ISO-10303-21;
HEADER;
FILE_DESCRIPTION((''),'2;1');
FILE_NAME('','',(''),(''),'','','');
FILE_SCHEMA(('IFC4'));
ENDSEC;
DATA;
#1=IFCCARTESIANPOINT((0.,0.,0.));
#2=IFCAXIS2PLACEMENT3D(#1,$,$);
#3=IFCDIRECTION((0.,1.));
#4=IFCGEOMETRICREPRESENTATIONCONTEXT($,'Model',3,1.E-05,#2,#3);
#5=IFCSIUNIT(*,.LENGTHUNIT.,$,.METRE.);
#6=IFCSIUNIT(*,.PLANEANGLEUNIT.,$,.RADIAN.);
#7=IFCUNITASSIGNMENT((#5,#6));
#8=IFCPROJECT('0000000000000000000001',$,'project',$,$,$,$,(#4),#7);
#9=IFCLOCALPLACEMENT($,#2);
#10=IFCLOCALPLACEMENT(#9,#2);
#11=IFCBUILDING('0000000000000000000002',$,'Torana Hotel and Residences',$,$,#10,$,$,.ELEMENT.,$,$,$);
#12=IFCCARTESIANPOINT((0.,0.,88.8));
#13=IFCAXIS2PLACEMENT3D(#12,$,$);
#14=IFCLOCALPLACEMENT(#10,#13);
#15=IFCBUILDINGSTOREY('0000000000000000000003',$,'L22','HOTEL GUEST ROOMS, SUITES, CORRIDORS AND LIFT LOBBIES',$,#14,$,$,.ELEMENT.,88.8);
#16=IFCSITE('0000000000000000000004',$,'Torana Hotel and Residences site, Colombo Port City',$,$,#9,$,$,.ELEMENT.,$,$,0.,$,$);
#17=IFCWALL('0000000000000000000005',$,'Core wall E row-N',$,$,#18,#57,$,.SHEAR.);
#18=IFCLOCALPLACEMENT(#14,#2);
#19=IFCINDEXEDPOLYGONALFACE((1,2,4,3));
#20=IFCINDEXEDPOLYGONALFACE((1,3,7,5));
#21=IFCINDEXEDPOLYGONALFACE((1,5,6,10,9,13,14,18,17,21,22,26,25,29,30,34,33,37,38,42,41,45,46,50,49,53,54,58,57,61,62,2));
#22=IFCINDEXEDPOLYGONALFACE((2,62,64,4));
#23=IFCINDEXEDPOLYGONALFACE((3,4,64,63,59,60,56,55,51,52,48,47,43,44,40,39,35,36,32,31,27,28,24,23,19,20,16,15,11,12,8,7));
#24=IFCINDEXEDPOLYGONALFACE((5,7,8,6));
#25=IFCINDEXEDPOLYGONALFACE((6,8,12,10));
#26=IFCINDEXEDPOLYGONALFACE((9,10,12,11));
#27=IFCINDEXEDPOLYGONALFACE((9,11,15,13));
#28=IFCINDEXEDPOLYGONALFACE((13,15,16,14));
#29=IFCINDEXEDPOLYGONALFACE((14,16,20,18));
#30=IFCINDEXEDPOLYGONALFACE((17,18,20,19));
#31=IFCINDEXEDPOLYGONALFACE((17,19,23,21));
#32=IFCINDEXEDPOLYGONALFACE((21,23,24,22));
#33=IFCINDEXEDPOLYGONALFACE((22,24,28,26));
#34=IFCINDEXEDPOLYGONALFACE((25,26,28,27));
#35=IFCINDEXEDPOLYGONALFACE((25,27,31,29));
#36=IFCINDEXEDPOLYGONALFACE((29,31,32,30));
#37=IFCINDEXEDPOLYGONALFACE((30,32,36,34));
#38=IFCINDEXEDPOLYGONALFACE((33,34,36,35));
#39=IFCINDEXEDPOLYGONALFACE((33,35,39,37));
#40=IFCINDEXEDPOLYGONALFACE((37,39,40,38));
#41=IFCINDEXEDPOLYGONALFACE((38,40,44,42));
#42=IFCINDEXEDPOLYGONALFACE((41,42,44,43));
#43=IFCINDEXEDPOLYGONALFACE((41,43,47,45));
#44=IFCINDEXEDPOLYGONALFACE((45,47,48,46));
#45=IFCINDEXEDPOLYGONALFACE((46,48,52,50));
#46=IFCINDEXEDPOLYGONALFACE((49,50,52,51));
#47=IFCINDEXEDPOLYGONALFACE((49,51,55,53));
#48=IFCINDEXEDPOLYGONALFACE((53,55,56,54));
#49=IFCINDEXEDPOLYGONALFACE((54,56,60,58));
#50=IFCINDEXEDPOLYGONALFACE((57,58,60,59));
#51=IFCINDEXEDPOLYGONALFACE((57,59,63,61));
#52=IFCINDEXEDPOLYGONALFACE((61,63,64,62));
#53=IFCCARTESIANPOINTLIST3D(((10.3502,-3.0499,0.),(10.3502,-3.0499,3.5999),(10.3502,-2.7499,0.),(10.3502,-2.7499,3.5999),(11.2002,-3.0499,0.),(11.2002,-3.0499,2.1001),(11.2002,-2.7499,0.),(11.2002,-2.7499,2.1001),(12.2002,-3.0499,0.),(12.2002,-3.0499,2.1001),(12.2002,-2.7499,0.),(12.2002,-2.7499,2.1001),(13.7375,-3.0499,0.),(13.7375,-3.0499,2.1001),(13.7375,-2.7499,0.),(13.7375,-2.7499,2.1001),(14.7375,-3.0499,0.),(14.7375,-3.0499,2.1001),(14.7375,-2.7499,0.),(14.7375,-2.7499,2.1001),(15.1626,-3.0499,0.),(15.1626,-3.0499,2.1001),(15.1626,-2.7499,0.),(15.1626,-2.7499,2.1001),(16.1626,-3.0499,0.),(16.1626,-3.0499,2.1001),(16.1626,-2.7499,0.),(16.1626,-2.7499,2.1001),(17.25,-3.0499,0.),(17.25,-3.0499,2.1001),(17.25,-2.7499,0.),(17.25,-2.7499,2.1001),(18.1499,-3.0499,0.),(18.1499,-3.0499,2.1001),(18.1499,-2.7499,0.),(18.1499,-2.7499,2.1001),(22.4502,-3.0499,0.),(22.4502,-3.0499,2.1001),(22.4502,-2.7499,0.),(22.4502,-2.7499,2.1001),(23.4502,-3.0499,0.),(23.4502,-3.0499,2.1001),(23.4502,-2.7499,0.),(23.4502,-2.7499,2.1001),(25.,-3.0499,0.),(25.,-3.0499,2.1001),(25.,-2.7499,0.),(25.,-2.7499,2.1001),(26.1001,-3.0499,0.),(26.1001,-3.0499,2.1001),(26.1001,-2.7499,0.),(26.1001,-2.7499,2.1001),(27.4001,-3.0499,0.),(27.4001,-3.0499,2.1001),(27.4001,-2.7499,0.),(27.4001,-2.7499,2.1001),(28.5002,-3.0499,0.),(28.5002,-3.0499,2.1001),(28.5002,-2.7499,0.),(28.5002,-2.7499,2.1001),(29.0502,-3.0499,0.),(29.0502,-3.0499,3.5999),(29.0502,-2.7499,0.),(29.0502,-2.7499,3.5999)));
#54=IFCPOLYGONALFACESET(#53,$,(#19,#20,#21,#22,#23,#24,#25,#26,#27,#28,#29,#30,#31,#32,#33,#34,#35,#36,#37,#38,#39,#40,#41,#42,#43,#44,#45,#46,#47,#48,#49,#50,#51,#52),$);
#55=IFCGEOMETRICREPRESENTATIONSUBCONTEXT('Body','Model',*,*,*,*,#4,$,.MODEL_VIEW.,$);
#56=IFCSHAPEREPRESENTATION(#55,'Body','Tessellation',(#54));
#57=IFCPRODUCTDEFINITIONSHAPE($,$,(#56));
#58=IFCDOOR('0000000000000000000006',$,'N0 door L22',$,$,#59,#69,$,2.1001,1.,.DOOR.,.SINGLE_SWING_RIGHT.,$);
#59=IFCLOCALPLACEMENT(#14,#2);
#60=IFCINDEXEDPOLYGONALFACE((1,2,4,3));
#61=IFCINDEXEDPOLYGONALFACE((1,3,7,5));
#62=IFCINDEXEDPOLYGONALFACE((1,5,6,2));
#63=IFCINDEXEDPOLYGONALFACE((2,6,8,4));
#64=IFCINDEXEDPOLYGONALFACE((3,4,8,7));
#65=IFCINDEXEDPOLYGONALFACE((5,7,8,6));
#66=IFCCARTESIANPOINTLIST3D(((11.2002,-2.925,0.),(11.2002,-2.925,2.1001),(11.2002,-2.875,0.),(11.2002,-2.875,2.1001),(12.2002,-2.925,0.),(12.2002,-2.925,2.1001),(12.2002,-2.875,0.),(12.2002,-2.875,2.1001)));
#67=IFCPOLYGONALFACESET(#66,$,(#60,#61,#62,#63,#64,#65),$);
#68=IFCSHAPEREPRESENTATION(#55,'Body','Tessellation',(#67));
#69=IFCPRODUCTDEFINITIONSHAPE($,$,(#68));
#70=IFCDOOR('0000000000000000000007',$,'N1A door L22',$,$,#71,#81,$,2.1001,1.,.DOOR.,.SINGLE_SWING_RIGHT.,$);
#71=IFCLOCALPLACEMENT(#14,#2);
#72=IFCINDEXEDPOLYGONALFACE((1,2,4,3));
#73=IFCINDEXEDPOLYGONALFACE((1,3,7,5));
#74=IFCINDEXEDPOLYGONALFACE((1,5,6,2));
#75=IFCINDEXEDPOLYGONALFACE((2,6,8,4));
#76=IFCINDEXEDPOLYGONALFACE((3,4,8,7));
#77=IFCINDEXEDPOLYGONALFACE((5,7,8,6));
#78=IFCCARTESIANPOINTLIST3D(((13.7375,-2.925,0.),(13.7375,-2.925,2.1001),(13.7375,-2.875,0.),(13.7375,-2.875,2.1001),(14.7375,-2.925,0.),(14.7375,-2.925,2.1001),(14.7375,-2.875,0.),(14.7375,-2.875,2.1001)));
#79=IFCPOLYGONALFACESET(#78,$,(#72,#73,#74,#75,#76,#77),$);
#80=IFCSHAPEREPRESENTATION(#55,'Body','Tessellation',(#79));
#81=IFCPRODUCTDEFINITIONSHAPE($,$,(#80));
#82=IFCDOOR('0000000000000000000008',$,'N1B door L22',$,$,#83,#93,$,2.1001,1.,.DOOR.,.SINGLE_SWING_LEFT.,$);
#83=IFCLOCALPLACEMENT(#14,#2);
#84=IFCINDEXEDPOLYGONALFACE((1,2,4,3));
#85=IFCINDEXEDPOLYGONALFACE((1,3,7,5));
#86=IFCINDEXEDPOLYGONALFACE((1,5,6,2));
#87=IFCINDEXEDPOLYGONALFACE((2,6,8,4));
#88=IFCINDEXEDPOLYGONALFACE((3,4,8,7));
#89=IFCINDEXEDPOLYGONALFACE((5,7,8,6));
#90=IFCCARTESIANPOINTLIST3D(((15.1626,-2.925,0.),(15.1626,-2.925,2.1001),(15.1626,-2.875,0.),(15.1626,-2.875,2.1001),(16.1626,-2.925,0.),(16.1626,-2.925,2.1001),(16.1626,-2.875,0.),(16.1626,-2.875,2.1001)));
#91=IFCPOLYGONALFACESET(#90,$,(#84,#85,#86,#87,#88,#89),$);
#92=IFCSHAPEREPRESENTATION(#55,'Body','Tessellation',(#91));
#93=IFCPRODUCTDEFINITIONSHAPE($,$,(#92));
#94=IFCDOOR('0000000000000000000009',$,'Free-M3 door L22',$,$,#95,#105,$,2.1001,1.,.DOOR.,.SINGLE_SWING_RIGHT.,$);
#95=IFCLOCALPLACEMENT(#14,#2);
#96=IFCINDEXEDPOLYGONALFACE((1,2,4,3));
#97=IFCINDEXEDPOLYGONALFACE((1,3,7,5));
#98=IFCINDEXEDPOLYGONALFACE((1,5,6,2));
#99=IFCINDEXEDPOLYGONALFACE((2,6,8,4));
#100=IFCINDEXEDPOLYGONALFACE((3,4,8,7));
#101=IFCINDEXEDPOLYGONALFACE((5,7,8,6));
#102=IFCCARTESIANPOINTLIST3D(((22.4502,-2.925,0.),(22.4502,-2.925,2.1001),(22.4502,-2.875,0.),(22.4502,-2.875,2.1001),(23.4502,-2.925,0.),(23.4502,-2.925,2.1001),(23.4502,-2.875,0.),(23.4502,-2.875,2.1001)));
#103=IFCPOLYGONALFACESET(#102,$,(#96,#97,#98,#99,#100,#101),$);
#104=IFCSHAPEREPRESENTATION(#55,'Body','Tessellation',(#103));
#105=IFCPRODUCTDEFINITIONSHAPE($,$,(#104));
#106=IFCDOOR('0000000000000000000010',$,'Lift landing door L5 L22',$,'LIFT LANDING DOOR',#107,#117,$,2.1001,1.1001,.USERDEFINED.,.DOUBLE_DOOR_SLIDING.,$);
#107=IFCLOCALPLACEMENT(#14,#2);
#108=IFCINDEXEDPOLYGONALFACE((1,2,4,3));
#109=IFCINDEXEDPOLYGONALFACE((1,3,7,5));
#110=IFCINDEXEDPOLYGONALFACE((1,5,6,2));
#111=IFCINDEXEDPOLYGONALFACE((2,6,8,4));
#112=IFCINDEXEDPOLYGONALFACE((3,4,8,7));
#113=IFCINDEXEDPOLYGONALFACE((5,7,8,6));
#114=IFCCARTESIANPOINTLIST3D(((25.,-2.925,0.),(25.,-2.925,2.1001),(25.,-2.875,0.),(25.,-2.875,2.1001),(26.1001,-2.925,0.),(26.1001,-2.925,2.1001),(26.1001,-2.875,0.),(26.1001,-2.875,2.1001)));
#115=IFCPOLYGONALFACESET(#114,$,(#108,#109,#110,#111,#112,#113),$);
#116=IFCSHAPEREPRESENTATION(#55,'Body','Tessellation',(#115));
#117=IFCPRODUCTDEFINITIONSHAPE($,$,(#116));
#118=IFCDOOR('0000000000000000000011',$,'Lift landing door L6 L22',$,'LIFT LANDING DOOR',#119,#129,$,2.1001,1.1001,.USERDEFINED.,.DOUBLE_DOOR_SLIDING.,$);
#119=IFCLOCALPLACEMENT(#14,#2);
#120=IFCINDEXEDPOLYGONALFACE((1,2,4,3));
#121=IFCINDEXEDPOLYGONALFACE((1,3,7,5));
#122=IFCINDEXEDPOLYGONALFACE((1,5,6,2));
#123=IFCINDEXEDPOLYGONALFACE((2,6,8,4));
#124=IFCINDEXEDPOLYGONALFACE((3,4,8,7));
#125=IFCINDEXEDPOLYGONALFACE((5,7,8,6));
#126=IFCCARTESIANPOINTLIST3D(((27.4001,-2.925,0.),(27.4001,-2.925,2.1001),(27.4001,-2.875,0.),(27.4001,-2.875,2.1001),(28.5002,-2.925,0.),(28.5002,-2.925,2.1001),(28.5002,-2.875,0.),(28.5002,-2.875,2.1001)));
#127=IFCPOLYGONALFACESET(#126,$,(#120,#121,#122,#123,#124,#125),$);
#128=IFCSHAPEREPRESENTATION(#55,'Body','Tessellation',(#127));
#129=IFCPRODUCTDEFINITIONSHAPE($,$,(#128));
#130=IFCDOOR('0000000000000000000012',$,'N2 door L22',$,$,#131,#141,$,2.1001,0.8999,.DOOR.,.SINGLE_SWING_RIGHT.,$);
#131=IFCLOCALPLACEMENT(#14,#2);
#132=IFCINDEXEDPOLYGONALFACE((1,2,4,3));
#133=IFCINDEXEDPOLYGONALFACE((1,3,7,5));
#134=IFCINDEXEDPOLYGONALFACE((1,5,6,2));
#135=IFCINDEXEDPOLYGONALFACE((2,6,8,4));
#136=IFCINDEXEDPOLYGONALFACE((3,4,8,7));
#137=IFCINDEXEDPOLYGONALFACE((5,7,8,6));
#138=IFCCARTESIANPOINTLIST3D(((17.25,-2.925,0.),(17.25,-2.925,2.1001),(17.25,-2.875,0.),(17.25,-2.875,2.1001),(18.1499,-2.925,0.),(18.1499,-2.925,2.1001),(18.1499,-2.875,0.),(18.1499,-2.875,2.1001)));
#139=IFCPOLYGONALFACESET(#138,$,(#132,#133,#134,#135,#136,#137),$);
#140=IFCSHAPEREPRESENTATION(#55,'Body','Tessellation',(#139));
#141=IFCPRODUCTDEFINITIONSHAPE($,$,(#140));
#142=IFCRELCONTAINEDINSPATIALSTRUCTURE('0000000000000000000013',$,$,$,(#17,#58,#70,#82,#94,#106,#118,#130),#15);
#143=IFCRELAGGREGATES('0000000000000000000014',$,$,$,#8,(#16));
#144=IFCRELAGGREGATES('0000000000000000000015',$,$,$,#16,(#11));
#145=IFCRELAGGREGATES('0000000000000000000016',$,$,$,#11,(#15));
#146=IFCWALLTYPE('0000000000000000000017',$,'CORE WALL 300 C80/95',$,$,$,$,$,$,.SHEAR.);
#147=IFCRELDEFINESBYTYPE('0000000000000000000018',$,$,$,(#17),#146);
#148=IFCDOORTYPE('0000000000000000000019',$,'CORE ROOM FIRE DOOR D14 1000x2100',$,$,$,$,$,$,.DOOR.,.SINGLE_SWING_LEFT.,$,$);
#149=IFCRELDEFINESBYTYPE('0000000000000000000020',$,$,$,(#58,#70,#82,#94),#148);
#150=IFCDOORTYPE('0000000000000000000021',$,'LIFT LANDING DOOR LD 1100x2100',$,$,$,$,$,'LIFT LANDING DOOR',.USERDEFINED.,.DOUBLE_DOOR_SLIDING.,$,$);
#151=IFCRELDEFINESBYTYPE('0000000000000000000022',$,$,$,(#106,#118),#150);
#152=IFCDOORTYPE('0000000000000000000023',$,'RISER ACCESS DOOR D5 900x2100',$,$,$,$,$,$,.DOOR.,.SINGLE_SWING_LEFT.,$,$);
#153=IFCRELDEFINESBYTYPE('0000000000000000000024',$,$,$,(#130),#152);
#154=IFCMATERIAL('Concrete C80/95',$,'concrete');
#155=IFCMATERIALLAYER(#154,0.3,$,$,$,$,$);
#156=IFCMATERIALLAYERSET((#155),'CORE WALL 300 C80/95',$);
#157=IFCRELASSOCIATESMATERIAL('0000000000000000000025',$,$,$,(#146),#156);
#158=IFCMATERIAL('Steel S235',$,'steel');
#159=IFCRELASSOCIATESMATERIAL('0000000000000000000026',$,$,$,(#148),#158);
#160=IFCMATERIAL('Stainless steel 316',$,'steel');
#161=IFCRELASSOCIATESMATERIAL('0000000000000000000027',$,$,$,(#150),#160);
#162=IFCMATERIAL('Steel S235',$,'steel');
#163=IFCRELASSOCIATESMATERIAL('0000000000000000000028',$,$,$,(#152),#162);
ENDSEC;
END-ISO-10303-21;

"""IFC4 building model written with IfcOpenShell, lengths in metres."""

from ifc_helpers import new_model, si_unit, direction, frame, frame_2d, origin, place, context, subcontext, project, spatial, rectangle, extrude, material, layer, layer_set, type_object, element, fill, save


model = new_model("IFC4")

# Units and contexts
model_context = context("Model", 3, precision=1e-05, world=origin(), true_north=direction((0.0, 1.0)))
body_context = subcontext(model_context, "Body", "Model", "MODEL_VIEW")
ifc_project = project(units=[si_unit("LENGTHUNIT", "METRE"), si_unit("PLANEANGLEUNIT", "RADIAN")], contexts=[model_context])

# Site, building, storey
site_placement = place(None, origin())
site = spatial("IfcSite", under=ifc_project, at=site_placement, Name="Torana Hotel and Residences site, Colombo Port City", CompositionType="ELEMENT", RefElevation=0.0)
building_placement = place(site_placement, origin())
building = spatial("IfcBuilding", under=site, at=building_placement, Name="Torana Hotel and Residences", CompositionType="ELEMENT")
storey_placement = place(building_placement, frame((0.0, 0.0, 88.8)))
storey = spatial("IfcBuildingStorey", under=building, at=storey_placement, Name="L22", Description="HOTEL GUEST ROOMS, SUITES, CORRIDORS AND LIFT LOBBIES", CompositionType="ELEMENT", Elevation=88.8)

# Wall, openings, doors
ifc_material_1 = material(Name="Concrete C80/95", Category="concrete")
ifc_layer_1 = layer(ifc_material_1, 0.3)
ifc_layer_set_1 = layer_set([ifc_layer_1], Name="CORE WALL 300 C80/95")
wall_type_1 = type_object("IfcWallType", Name="CORE WALL 300 C80/95", PredefinedType="SHEAR", material=ifc_layer_set_1)
wall_1_placement = place(storey_placement, frame((10.3501, -2.8999, 0.0), z_axis=(0.0, 0.0, 1.0), x_axis=(1.0, 0.0, 0.0)))
wall_1 = element("IfcWall", 1, at=wall_1_placement, inside=storey, type_object=wall_type_1, Name="Core wall E row-N", PredefinedType="SHEAR", context=body_context, shape_type="SweptSolid", body=[
    extrude(rectangle(XDim=18.7, YDim=0.3, at=frame_2d((9.3501, 0.0))), origin(), (0.0, 0.0, 1.0), 3.5999),
])
opening_1_placement = place(wall_1_placement, frame((14.6499, 0.0, 0.0)))
opening_1 = element("IfcOpeningElement", 2, at=opening_1_placement, cuts=wall_1, PredefinedType="OPENING", context=body_context, shape_type="SweptSolid", body=[
    extrude(rectangle(XDim=1.1001, YDim=2.1001, at=frame_2d((0.55, 1.05))), frame((0.0, 0.1599, 0.0), z_axis=(0.0, -1.0, 0.0), x_axis=(1.0, 0.0, 0.0)), (0.0, 0.0, 1.0), 0.3201),
])
opening_2_placement = place(wall_1_placement, frame((17.05, 0.0, 0.0)))
opening_2 = element("IfcOpeningElement", 3, at=opening_2_placement, cuts=wall_1, PredefinedType="OPENING", context=body_context, shape_type="SweptSolid", body=[
    extrude(rectangle(XDim=1.1001, YDim=2.1001, at=frame_2d((0.55, 1.05))), frame((0.0, 0.1599, 0.0), z_axis=(0.0, -1.0, 0.0), x_axis=(1.0, 0.0, 0.0)), (0.0, 0.0, 1.0), 0.3201),
])
opening_3_placement = place(wall_1_placement, frame((6.8999, 0.0, 0.0)))
opening_3 = element("IfcOpeningElement", 4, at=opening_3_placement, cuts=wall_1, PredefinedType="OPENING", context=body_context, shape_type="SweptSolid", body=[
    extrude(rectangle(XDim=0.8999, YDim=2.1001, at=frame_2d((0.45, 1.05))), frame((0.0, 0.1599, 0.0), z_axis=(0.0, -1.0, 0.0), x_axis=(1.0, 0.0, 0.0)), (0.0, 0.0, 1.0), 0.3201),
])
opening_4_placement = place(wall_1_placement, frame((0.8501, 0.0, 0.0)))
opening_4 = element("IfcOpeningElement", 5, at=opening_4_placement, cuts=wall_1, PredefinedType="OPENING", context=body_context, shape_type="SweptSolid", body=[
    extrude(rectangle(XDim=1.0, YDim=2.1001, at=frame_2d((0.5, 1.05))), frame((0.0, 0.1599, 0.0), z_axis=(0.0, -1.0, 0.0), x_axis=(1.0, 0.0, 0.0)), (0.0, 0.0, 1.0), 0.3201),
])
opening_5_placement = place(wall_1_placement, frame((3.3875, 0.0, 0.0)))
opening_5 = element("IfcOpeningElement", 6, at=opening_5_placement, cuts=wall_1, PredefinedType="OPENING", context=body_context, shape_type="SweptSolid", body=[
    extrude(rectangle(XDim=1.0, YDim=2.1001, at=frame_2d((0.5, 1.05))), frame((0.0, 0.1599, 0.0), z_axis=(0.0, -1.0, 0.0), x_axis=(1.0, 0.0, 0.0)), (0.0, 0.0, 1.0), 0.3201),
])
opening_6_placement = place(wall_1_placement, frame((4.8125, 0.0, 0.0)))
opening_6 = element("IfcOpeningElement", 7, at=opening_6_placement, cuts=wall_1, PredefinedType="OPENING", context=body_context, shape_type="SweptSolid", body=[
    extrude(rectangle(XDim=1.0, YDim=2.1001, at=frame_2d((0.5, 1.05))), frame((0.0, 0.1599, 0.0), z_axis=(0.0, -1.0, 0.0), x_axis=(1.0, 0.0, 0.0)), (0.0, 0.0, 1.0), 0.3201),
])
opening_7_placement = place(wall_1_placement, frame((12.1001, 0.0, 0.0)))
opening_7 = element("IfcOpeningElement", 8, at=opening_7_placement, cuts=wall_1, PredefinedType="OPENING", context=body_context, shape_type="SweptSolid", body=[
    extrude(rectangle(XDim=1.0, YDim=2.1001, at=frame_2d((0.5, 1.05))), frame((0.0, 0.1599, 0.0), z_axis=(0.0, -1.0, 0.0), x_axis=(1.0, 0.0, 0.0)), (0.0, 0.0, 1.0), 0.3201),
])
ifc_material_2 = material(Name="Steel S235", Category="steel")
door_type_1 = type_object("IfcDoorType", Name="CORE ROOM FIRE DOOR D14 1000x2100", OperationType="SINGLE_SWING_LEFT", PredefinedType="DOOR", material=ifc_material_2)
door_1_placement = place(opening_4_placement, origin())
door_1 = element("IfcDoor", 9, at=door_1_placement, inside=storey, type_object=door_type_1, Name="N0 door L22", OperationType="SINGLE_SWING_RIGHT", OverallHeight=2.1001, OverallWidth=1.0, PredefinedType="DOOR", context=body_context, shape_type="SweptSolid", body=[
    extrude(rectangle(XDim=1.0, YDim=2.1001, at=frame_2d((0.5, 1.05))), frame((0.0, 0.0249, 0.0), z_axis=(0.0, -1.0, 0.0), x_axis=(1.0, 0.0, 0.0)), (0.0, 0.0, 1.0), 0.05),
])
fill(opening_4, door_1)
door_2_placement = place(opening_5_placement, origin())
door_2 = element("IfcDoor", 10, at=door_2_placement, inside=storey, type_object=door_type_1, Name="N1A door L22", OperationType="SINGLE_SWING_RIGHT", OverallHeight=2.1001, OverallWidth=1.0, PredefinedType="DOOR", context=body_context, shape_type="SweptSolid", body=[
    extrude(rectangle(XDim=1.0, YDim=2.1001, at=frame_2d((0.5, 1.05))), frame((0.0, 0.0249, 0.0), z_axis=(0.0, -1.0, 0.0), x_axis=(1.0, 0.0, 0.0)), (0.0, 0.0, 1.0), 0.05),
])
fill(opening_5, door_2)
door_3_placement = place(opening_6_placement, origin())
door_3 = element("IfcDoor", 11, at=door_3_placement, inside=storey, type_object=door_type_1, Name="N1B door L22", OperationType="SINGLE_SWING_LEFT", OverallHeight=2.1001, OverallWidth=1.0, PredefinedType="DOOR", context=body_context, shape_type="SweptSolid", body=[
    extrude(rectangle(XDim=1.0, YDim=2.1001, at=frame_2d((0.5, 1.05))), frame((0.0, 0.0249, 0.0), z_axis=(0.0, -1.0, 0.0), x_axis=(1.0, 0.0, 0.0)), (0.0, 0.0, 1.0), 0.05),
])
fill(opening_6, door_3)
door_4_placement = place(opening_7_placement, origin())
door_4 = element("IfcDoor", 12, at=door_4_placement, inside=storey, type_object=door_type_1, Name="Free-M3 door L22", OperationType="SINGLE_SWING_RIGHT", OverallHeight=2.1001, OverallWidth=1.0, PredefinedType="DOOR", context=body_context, shape_type="SweptSolid", body=[
    extrude(rectangle(XDim=1.0, YDim=2.1001, at=frame_2d((0.5, 1.05))), frame((0.0, 0.0249, 0.0), z_axis=(0.0, -1.0, 0.0), x_axis=(1.0, 0.0, 0.0)), (0.0, 0.0, 1.0), 0.05),
])
fill(opening_7, door_4)
ifc_material_3 = material(Name="Stainless steel 316", Category="steel")
door_type_2 = type_object("IfcDoorType", Name="LIFT LANDING DOOR LD 1100x2100", ElementType="LIFT LANDING DOOR", OperationType="DOUBLE_DOOR_SLIDING", PredefinedType="USERDEFINED", material=ifc_material_3)
door_5_placement = place(opening_1_placement, origin())
door_5 = element("IfcDoor", 13, at=door_5_placement, inside=storey, type_object=door_type_2, Name="Lift landing door L5 L22", ObjectType="LIFT LANDING DOOR", OperationType="DOUBLE_DOOR_SLIDING", OverallHeight=2.1001, OverallWidth=1.1001, PredefinedType="USERDEFINED", context=body_context, shape_type="SweptSolid", body=[
    extrude(rectangle(XDim=1.1001, YDim=2.1001, at=frame_2d((0.55, 1.05))), frame((0.0, 0.0249, 0.0), z_axis=(0.0, -1.0, 0.0), x_axis=(1.0, 0.0, 0.0)), (0.0, 0.0, 1.0), 0.05),
])
fill(opening_1, door_5)
door_6_placement = place(opening_2_placement, origin())
door_6 = element("IfcDoor", 14, at=door_6_placement, inside=storey, type_object=door_type_2, Name="Lift landing door L6 L22", ObjectType="LIFT LANDING DOOR", OperationType="DOUBLE_DOOR_SLIDING", OverallHeight=2.1001, OverallWidth=1.1001, PredefinedType="USERDEFINED", context=body_context, shape_type="SweptSolid", body=[
    extrude(rectangle(XDim=1.1001, YDim=2.1001, at=frame_2d((0.55, 1.05))), frame((0.0, 0.0249, 0.0), z_axis=(0.0, -1.0, 0.0), x_axis=(1.0, 0.0, 0.0)), (0.0, 0.0, 1.0), 0.05),
])
fill(opening_2, door_6)
ifc_material_4 = material(Name="Steel S235", Category="steel")
door_type_3 = type_object("IfcDoorType", Name="RISER ACCESS DOOR D5 900x2100", OperationType="SINGLE_SWING_LEFT", PredefinedType="DOOR", material=ifc_material_4)
door_7_placement = place(opening_3_placement, origin())
door_7 = element("IfcDoor", 15, at=door_7_placement, inside=storey, type_object=door_type_3, Name="N2 door L22", OperationType="SINGLE_SWING_RIGHT", OverallHeight=2.1001, OverallWidth=0.8999, PredefinedType="DOOR", context=body_context, shape_type="SweptSolid", body=[
    extrude(rectangle(XDim=0.8999, YDim=2.1001, at=frame_2d((0.45, 1.05))), frame((0.0, 0.0249, 0.0), z_axis=(0.0, -1.0, 0.0), x_axis=(1.0, 0.0, 0.0)), (0.0, 0.0, 1.0), 0.05),
])
fill(opening_3, door_7)

save(model, "model.ifc")
